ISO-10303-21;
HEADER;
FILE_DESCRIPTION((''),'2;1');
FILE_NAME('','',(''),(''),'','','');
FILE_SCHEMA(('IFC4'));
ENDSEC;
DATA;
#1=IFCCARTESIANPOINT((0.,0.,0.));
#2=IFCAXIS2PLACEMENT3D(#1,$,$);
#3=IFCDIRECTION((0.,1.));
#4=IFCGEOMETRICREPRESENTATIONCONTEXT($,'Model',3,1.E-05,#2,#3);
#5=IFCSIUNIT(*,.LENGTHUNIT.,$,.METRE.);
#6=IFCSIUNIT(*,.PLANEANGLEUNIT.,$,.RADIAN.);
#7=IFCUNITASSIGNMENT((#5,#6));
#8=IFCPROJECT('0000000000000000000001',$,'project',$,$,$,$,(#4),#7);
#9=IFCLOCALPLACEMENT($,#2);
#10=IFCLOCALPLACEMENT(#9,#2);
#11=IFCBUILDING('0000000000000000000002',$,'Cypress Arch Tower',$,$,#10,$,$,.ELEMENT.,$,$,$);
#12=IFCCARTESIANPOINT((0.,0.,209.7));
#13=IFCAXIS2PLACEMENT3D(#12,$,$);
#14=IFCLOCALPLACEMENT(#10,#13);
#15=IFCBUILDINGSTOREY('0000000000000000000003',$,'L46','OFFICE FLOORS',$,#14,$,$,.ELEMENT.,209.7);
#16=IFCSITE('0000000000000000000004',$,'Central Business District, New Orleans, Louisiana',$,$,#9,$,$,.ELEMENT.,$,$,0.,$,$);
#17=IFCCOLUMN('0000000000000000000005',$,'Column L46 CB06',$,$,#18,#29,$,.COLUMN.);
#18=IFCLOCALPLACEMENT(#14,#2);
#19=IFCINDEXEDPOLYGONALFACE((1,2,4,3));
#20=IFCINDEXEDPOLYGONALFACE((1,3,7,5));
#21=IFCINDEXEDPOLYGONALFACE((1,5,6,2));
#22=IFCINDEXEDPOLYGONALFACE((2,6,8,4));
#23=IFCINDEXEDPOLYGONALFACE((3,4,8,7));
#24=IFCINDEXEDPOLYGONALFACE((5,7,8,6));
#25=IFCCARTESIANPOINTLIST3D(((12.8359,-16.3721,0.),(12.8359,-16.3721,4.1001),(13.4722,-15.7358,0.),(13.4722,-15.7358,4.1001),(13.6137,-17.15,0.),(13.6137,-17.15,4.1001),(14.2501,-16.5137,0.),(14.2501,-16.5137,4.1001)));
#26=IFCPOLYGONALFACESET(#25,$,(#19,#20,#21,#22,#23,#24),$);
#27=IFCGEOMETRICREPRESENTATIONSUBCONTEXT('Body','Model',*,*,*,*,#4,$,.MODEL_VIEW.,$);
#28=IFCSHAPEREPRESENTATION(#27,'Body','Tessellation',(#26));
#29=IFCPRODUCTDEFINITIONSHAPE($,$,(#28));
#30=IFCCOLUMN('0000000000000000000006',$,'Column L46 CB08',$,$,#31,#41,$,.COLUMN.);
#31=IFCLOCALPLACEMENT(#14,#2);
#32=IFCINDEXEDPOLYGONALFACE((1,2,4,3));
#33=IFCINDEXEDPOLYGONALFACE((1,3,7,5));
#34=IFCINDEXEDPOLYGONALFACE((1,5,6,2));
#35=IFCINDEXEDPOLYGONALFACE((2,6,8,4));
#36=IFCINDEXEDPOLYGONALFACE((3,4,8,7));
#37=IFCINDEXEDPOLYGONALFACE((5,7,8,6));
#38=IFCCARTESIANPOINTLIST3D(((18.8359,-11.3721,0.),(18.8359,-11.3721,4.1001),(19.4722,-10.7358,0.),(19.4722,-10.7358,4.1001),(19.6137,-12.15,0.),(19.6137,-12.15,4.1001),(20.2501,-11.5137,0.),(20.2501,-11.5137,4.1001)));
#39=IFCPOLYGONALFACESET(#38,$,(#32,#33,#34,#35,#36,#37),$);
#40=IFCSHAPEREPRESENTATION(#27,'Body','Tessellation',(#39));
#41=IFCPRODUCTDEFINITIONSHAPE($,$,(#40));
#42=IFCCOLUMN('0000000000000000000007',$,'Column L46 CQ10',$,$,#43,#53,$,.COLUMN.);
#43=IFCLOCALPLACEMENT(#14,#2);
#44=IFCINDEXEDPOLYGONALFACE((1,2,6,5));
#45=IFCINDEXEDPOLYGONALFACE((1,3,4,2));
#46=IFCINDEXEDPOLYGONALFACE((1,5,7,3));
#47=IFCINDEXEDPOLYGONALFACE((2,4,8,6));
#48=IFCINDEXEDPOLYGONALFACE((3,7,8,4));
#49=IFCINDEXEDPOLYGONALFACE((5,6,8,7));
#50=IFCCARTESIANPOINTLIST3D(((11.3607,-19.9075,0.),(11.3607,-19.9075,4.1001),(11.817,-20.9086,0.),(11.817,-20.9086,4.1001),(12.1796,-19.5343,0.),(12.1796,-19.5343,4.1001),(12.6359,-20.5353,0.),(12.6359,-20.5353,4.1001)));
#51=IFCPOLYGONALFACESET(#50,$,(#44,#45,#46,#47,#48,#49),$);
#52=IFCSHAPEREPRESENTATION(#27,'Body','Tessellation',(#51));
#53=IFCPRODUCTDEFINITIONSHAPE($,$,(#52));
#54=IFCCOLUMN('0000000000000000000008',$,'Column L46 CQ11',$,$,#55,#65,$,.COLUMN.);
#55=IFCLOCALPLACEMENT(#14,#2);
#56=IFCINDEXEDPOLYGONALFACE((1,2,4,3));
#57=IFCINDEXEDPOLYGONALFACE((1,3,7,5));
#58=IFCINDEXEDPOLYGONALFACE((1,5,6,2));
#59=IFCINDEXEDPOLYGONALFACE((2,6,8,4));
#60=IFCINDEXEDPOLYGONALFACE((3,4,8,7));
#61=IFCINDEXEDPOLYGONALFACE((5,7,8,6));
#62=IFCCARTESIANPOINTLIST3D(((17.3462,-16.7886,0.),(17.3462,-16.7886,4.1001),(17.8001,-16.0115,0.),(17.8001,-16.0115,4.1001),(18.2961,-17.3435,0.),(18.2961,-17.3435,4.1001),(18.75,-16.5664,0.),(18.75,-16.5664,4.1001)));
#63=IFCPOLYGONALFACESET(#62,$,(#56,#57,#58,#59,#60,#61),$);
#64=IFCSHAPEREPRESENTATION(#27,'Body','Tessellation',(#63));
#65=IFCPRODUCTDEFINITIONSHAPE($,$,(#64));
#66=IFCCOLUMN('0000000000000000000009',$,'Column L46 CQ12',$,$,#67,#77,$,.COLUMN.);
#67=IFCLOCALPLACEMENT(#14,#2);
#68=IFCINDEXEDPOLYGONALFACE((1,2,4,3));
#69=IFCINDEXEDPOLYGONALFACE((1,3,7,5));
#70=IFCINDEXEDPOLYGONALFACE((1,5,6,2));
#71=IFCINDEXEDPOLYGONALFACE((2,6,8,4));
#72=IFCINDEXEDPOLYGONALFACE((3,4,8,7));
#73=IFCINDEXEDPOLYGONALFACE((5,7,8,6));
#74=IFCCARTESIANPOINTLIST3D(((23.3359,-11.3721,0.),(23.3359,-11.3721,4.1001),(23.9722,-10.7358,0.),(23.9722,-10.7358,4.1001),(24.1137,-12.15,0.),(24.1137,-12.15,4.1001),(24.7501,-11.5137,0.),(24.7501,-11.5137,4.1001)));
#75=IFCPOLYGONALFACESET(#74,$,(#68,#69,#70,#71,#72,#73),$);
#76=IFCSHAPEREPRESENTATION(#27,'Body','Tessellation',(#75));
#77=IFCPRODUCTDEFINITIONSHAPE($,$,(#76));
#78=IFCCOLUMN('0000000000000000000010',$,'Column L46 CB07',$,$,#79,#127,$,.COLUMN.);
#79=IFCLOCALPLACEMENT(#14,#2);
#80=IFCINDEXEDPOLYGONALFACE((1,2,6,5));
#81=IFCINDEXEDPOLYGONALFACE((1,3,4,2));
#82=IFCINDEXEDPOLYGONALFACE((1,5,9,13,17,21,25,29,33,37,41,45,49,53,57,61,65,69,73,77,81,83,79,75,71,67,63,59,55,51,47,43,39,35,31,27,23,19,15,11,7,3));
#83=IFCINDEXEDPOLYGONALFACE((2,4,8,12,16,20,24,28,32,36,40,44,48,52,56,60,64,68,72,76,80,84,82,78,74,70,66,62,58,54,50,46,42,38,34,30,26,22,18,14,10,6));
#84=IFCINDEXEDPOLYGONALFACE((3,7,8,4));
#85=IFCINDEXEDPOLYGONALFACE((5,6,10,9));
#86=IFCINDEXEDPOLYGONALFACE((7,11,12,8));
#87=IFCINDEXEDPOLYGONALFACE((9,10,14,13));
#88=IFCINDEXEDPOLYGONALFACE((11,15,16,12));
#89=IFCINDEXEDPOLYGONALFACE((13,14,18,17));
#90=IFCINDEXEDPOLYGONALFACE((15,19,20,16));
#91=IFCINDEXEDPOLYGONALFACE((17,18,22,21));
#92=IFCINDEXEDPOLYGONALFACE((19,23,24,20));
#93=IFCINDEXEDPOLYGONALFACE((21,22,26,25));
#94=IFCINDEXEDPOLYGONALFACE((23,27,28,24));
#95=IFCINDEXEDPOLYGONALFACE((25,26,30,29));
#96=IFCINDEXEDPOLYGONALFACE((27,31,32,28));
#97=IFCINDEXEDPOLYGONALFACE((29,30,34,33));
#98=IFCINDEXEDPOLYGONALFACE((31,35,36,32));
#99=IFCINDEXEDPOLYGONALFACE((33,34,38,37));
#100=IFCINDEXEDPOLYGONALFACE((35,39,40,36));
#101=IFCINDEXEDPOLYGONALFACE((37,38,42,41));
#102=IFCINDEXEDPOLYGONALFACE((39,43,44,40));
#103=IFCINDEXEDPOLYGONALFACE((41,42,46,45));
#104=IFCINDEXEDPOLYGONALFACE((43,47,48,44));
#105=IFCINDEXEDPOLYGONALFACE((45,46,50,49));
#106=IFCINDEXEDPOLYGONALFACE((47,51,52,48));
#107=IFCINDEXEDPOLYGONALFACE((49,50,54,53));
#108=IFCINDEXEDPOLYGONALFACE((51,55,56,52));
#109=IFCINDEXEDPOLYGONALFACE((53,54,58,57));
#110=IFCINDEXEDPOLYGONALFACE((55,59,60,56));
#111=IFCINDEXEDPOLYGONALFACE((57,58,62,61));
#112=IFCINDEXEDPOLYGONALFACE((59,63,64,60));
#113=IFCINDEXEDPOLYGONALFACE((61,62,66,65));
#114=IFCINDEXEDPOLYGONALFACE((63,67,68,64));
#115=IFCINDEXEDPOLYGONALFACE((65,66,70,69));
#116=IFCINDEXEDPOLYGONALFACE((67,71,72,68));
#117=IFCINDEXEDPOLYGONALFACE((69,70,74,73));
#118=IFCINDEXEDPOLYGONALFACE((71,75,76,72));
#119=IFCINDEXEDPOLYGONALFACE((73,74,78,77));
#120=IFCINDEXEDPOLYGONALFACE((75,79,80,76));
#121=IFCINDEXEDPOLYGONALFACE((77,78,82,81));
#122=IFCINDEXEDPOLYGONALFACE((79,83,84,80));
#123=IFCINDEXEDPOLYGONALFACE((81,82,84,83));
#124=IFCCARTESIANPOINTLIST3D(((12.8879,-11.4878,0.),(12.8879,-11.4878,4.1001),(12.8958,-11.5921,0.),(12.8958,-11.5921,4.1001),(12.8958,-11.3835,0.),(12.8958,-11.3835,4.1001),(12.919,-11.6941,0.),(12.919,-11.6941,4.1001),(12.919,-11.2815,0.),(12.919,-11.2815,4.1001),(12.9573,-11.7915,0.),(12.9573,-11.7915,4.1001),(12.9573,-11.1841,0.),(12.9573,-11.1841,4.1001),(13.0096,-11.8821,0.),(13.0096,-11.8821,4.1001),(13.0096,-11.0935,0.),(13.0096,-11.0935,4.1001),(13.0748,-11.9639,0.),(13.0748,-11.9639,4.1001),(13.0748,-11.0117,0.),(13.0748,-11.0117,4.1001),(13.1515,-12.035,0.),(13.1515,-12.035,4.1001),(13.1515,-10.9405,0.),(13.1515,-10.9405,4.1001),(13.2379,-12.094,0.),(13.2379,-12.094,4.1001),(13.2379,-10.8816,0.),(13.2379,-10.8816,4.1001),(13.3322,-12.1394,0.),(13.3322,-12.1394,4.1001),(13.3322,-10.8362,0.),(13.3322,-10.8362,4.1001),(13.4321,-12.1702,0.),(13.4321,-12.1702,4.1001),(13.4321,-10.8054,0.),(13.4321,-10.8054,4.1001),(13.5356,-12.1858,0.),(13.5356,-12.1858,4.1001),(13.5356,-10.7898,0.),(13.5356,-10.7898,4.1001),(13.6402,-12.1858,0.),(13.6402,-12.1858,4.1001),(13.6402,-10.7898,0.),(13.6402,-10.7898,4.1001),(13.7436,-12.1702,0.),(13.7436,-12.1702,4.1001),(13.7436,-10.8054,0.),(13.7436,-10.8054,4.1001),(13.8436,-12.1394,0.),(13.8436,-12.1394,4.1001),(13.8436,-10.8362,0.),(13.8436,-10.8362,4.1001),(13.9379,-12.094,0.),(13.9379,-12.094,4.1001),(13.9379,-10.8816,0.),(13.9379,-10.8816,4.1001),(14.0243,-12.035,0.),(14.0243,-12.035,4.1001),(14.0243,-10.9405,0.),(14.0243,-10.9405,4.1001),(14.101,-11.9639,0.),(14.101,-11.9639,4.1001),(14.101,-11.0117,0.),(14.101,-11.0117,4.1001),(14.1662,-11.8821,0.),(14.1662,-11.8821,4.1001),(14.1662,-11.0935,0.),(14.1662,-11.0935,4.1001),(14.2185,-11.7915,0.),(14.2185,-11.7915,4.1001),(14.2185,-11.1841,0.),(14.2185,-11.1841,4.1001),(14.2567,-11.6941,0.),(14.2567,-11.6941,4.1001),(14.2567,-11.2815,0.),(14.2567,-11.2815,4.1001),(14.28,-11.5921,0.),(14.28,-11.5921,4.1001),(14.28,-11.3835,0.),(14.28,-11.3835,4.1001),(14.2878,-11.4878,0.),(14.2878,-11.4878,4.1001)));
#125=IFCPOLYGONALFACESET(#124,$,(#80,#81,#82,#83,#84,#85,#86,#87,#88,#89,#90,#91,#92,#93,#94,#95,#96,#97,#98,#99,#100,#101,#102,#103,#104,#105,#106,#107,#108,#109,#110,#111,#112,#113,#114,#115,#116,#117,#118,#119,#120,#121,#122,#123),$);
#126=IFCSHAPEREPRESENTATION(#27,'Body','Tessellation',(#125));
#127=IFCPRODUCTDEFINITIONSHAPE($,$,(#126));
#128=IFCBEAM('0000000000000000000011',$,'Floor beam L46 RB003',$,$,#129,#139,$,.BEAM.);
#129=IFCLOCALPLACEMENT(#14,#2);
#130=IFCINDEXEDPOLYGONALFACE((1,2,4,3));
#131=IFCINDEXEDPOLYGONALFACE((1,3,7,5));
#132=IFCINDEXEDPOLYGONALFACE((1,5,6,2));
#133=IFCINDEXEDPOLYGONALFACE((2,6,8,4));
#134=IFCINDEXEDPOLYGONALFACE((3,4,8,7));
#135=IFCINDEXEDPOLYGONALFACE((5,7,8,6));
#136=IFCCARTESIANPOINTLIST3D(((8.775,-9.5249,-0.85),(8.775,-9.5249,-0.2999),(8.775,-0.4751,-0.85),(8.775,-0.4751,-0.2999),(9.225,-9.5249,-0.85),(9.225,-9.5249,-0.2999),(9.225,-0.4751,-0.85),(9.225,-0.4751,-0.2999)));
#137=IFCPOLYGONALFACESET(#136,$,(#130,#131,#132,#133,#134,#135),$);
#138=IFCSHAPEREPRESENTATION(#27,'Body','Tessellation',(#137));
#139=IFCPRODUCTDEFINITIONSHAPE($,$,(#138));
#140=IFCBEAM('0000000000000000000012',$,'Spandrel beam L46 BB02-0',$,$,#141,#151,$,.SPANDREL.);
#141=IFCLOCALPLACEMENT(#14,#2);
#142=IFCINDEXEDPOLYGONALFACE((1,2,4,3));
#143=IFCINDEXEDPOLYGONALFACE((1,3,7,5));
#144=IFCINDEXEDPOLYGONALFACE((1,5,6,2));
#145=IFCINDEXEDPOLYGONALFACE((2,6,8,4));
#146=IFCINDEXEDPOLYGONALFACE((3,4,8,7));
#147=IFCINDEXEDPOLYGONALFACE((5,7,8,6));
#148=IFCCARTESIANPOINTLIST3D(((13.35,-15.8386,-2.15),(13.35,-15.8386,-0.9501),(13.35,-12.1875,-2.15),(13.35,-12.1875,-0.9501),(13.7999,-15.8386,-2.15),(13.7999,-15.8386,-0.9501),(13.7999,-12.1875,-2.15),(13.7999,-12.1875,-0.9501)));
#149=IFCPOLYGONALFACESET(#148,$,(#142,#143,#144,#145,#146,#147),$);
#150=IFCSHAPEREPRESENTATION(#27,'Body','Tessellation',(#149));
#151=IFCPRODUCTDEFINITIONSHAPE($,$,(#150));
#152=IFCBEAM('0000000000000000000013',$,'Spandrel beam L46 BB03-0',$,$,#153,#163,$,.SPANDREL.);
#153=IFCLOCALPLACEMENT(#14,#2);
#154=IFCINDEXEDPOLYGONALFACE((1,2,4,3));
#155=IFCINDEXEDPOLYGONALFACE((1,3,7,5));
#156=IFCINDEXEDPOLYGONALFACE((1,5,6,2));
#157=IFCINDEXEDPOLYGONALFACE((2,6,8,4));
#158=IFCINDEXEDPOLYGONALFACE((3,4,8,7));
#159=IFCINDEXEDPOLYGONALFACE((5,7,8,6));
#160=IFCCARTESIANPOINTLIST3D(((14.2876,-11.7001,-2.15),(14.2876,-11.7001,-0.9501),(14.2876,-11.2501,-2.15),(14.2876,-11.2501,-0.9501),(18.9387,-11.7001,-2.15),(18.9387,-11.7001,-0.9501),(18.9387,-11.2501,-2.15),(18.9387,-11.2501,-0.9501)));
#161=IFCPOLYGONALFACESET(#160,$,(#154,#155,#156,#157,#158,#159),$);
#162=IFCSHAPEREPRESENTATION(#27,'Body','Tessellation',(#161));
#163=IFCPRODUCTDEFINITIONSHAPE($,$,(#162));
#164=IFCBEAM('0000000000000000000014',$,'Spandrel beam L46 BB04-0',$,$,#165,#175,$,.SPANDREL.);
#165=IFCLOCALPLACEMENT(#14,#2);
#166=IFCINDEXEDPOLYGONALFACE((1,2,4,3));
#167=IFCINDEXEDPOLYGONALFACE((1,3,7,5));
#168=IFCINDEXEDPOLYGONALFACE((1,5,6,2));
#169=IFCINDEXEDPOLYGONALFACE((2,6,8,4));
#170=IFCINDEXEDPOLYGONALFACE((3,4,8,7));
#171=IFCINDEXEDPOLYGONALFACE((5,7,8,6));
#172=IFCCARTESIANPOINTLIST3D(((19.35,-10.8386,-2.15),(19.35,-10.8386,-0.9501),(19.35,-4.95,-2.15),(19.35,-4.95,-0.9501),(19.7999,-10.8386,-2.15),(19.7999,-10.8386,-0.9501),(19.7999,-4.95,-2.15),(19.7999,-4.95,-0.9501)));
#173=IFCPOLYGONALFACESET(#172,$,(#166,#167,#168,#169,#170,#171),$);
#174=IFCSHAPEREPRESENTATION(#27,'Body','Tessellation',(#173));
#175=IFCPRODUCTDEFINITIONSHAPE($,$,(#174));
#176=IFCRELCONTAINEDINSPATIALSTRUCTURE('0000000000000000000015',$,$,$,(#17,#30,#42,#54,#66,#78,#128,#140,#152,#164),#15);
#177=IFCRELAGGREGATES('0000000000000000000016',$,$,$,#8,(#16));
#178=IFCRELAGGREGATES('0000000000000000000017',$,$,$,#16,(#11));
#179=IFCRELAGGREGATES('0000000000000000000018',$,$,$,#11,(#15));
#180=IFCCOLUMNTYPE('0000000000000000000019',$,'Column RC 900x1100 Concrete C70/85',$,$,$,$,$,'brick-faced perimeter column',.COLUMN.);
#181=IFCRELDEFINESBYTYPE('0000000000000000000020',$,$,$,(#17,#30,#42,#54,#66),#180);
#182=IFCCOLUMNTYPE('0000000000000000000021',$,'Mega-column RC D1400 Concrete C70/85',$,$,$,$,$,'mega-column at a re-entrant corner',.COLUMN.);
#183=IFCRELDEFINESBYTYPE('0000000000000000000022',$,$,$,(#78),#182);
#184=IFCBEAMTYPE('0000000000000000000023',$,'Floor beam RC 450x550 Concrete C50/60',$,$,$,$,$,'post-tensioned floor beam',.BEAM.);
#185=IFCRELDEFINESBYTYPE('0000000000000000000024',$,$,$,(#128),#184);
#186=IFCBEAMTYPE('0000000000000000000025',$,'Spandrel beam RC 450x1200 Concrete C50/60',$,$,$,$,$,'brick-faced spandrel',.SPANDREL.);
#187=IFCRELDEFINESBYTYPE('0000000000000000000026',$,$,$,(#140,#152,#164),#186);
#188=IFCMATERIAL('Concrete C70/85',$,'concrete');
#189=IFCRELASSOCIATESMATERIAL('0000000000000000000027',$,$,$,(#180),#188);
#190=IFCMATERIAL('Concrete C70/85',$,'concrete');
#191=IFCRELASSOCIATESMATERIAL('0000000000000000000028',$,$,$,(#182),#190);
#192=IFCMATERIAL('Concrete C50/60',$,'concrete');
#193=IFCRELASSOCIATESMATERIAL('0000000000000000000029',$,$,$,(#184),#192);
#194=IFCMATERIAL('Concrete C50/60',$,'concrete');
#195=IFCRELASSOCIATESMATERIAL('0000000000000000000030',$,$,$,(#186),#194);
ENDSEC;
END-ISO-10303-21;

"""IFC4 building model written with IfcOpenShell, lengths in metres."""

from ifc_helpers import new_model, si_unit, direction, frame, origin, origin_2d, place, context, subcontext, project, spatial, rectangle, circle, extrude, material, material_profile, profile_set, type_object, element, save


model = new_model("IFC4")

# Units and contexts
model_context = context("Model", 3, precision=1e-05, world=origin(), true_north=direction((0.0, 1.0)))
body_context = subcontext(model_context, "Body", "Model", "MODEL_VIEW")
ifc_project = project(units=[si_unit("LENGTHUNIT", "METRE"), si_unit("PLANEANGLEUNIT", "RADIAN")], contexts=[model_context])

# Site, building, storey
site_placement = place(None, origin())
site = spatial("IfcSite", under=ifc_project, at=site_placement, Name="Central Business District, New Orleans, Louisiana", CompositionType="ELEMENT", RefElevation=0.0)
building_placement = place(site_placement, origin())
building = spatial("IfcBuilding", under=site, at=building_placement, Name="Cypress Arch Tower", CompositionType="ELEMENT")
storey_placement = place(building_placement, frame((0.0, 0.0, 209.7)))
storey = spatial("IfcBuildingStorey", under=building, at=storey_placement, Name="L46", Description="OFFICE FLOORS", CompositionType="ELEMENT", Elevation=209.7)

# Columns
ifc_material_1 = material(Name="Concrete C70/85", Category="concrete")
ifc_material_profile_1 = material_profile(ifc_material_1, rectangle(XDim=0.8999, YDim=1.1001, at=origin_2d()), Name="RC 900x1100")
ifc_profile_set_1 = profile_set([ifc_material_profile_1], Name="Concrete C70/85")
column_type_1 = type_object("IfcColumnType", Name="Column RC 900x1100 Concrete C70/85", ElementType="brick-faced perimeter column", PredefinedType="COLUMN", material=ifc_profile_set_1)
for number, where, z_axis, x_axis, name in (
    (1, (13.543, -16.4429, 0.0), (0.0, 0.0, 1.0), (0.707107, 0.707107, 0.0), "Column L46 CB06"),
    (2, (19.543, -11.4429, 0.0), (0.0, 0.0, 1.0), (0.707107, 0.707107, 0.0), "Column L46 CB08"),
    (3, (11.9983, -20.2214, 0.0), (0.0, 0.0, 1.0), (0.909932, 0.414757, 0.0), "Column L46 CQ10"),
    (4, (18.0481, -16.6775, 0.0), (0.0, 0.0, 1.0), (0.504399, 0.863471, 0.0), "Column L46 CQ11"),
    (5, (24.043, -11.4429, 0.0), (0.0, 0.0, 1.0), (0.707107, 0.707107, 0.0), "Column L46 CQ12"),
):
    element("IfcColumn", number, at=place(storey_placement, frame(where, z_axis=z_axis, x_axis=x_axis)), inside=storey, type_object=column_type_1, Name=name, PredefinedType="COLUMN", context=body_context, shape_type="SweptSolid", body=[
        extrude(rectangle(XDim=0.8999, YDim=1.1001, at=origin_2d()), origin(), (0.0, 0.0, 1.0), 4.1001),
    ])
ifc_material_2 = material(Name="Concrete C70/85", Category="concrete")
ifc_material_profile_2 = material_profile(ifc_material_2, circle(Radius=0.7, at=origin_2d()), Name="RC D1400")
ifc_profile_set_2 = profile_set([ifc_material_profile_2], Name="Concrete C70/85")
column_type_2 = type_object("IfcColumnType", Name="Mega-column RC D1400 Concrete C70/85", ElementType="mega-column at a re-entrant corner", PredefinedType="COLUMN", material=ifc_profile_set_2)
column_placement = place(storey_placement, frame((13.5879, -11.4878, 0.0), z_axis=(0.0, 0.0, 1.0), x_axis=(1.0, 0.0, 0.0)))
element("IfcColumn", 6, at=column_placement, inside=storey, type_object=column_type_2, Name="Column L46 CB07", PredefinedType="COLUMN", context=body_context, shape_type="SweptSolid", body=[
    extrude(circle(Radius=0.7, at=origin_2d()), origin(), (0.0, 0.0, 1.0), 4.1001),
])

# Beams
ifc_material_3 = material(Name="Concrete C50/60", Category="concrete")
ifc_material_profile_3 = material_profile(ifc_material_3, rectangle(XDim=0.45, YDim=0.55, at=origin_2d()), Name="RC 450x550")
ifc_profile_set_3 = profile_set([ifc_material_profile_3], Name="Concrete C50/60")
beam_type_1 = type_object("IfcBeamType", Name="Floor beam RC 450x550 Concrete C50/60", ElementType="post-tensioned floor beam", PredefinedType="BEAM", material=ifc_profile_set_3)
beam_1_placement = place(storey_placement, frame((9.0, -9.5249, -0.575), z_axis=(0.0, 1.0, 0.0), x_axis=(-1.0, 0.0, 0.0)))
element("IfcBeam", 7, at=beam_1_placement, inside=storey, type_object=beam_type_1, Name="Floor beam L46 RB003", PredefinedType="BEAM", context=body_context, shape_type="SweptSolid", body=[
    extrude(rectangle(XDim=0.45, YDim=0.55, at=origin_2d()), origin(), (0.0, 0.0, 1.0), 9.0498),
])
ifc_material_4 = material(Name="Concrete C50/60", Category="concrete")
ifc_material_profile_4 = material_profile(ifc_material_4, rectangle(XDim=0.45, YDim=1.2, at=origin_2d()), Name="RC 450x1200")
ifc_profile_set_4 = profile_set([ifc_material_profile_4], Name="Concrete C50/60")
beam_type_2 = type_object("IfcBeamType", Name="Spandrel beam RC 450x1200 Concrete C50/60", ElementType="brick-faced spandrel", PredefinedType="SPANDREL", material=ifc_profile_set_4)
beam_2_placement = place(storey_placement, frame((13.575, -15.8386, -1.55), z_axis=(0.0, 1.0, 0.0), x_axis=(-1.0, 0.0, 0.0)))
element("IfcBeam", 8, at=beam_2_placement, inside=storey, type_object=beam_type_2, Name="Spandrel beam L46 BB02-0", PredefinedType="SPANDREL", context=body_context, shape_type="SweptSolid", body=[
    extrude(rectangle(XDim=0.45, YDim=1.2, at=origin_2d()), origin(), (0.0, 0.0, 1.0), 3.6511),
])
beam_3_placement = place(storey_placement, frame((14.2876, -11.4751, -1.55), z_axis=(1.0, 0.0, 0.0), x_axis=(0.0, 1.0, 0.0)))
element("IfcBeam", 9, at=beam_3_placement, inside=storey, type_object=beam_type_2, Name="Spandrel beam L46 BB03-0", PredefinedType="SPANDREL", context=body_context, shape_type="SweptSolid", body=[
    extrude(rectangle(XDim=0.45, YDim=1.2, at=origin_2d()), origin(), (0.0, 0.0, 1.0), 4.6511),
])
beam_4_placement = place(storey_placement, frame((19.575, -10.8386, -1.55), z_axis=(0.0, 1.0, 0.0), x_axis=(-1.0, 0.0, 0.0)))
element("IfcBeam", 10, at=beam_4_placement, inside=storey, type_object=beam_type_2, Name="Spandrel beam L46 BB04-0", PredefinedType="SPANDREL", context=body_context, shape_type="SweptSolid", body=[
    extrude(rectangle(XDim=0.45, YDim=1.2, at=origin_2d()), origin(), (0.0, 0.0, 1.0), 5.8887),
])

save(model, "model.ifc")
